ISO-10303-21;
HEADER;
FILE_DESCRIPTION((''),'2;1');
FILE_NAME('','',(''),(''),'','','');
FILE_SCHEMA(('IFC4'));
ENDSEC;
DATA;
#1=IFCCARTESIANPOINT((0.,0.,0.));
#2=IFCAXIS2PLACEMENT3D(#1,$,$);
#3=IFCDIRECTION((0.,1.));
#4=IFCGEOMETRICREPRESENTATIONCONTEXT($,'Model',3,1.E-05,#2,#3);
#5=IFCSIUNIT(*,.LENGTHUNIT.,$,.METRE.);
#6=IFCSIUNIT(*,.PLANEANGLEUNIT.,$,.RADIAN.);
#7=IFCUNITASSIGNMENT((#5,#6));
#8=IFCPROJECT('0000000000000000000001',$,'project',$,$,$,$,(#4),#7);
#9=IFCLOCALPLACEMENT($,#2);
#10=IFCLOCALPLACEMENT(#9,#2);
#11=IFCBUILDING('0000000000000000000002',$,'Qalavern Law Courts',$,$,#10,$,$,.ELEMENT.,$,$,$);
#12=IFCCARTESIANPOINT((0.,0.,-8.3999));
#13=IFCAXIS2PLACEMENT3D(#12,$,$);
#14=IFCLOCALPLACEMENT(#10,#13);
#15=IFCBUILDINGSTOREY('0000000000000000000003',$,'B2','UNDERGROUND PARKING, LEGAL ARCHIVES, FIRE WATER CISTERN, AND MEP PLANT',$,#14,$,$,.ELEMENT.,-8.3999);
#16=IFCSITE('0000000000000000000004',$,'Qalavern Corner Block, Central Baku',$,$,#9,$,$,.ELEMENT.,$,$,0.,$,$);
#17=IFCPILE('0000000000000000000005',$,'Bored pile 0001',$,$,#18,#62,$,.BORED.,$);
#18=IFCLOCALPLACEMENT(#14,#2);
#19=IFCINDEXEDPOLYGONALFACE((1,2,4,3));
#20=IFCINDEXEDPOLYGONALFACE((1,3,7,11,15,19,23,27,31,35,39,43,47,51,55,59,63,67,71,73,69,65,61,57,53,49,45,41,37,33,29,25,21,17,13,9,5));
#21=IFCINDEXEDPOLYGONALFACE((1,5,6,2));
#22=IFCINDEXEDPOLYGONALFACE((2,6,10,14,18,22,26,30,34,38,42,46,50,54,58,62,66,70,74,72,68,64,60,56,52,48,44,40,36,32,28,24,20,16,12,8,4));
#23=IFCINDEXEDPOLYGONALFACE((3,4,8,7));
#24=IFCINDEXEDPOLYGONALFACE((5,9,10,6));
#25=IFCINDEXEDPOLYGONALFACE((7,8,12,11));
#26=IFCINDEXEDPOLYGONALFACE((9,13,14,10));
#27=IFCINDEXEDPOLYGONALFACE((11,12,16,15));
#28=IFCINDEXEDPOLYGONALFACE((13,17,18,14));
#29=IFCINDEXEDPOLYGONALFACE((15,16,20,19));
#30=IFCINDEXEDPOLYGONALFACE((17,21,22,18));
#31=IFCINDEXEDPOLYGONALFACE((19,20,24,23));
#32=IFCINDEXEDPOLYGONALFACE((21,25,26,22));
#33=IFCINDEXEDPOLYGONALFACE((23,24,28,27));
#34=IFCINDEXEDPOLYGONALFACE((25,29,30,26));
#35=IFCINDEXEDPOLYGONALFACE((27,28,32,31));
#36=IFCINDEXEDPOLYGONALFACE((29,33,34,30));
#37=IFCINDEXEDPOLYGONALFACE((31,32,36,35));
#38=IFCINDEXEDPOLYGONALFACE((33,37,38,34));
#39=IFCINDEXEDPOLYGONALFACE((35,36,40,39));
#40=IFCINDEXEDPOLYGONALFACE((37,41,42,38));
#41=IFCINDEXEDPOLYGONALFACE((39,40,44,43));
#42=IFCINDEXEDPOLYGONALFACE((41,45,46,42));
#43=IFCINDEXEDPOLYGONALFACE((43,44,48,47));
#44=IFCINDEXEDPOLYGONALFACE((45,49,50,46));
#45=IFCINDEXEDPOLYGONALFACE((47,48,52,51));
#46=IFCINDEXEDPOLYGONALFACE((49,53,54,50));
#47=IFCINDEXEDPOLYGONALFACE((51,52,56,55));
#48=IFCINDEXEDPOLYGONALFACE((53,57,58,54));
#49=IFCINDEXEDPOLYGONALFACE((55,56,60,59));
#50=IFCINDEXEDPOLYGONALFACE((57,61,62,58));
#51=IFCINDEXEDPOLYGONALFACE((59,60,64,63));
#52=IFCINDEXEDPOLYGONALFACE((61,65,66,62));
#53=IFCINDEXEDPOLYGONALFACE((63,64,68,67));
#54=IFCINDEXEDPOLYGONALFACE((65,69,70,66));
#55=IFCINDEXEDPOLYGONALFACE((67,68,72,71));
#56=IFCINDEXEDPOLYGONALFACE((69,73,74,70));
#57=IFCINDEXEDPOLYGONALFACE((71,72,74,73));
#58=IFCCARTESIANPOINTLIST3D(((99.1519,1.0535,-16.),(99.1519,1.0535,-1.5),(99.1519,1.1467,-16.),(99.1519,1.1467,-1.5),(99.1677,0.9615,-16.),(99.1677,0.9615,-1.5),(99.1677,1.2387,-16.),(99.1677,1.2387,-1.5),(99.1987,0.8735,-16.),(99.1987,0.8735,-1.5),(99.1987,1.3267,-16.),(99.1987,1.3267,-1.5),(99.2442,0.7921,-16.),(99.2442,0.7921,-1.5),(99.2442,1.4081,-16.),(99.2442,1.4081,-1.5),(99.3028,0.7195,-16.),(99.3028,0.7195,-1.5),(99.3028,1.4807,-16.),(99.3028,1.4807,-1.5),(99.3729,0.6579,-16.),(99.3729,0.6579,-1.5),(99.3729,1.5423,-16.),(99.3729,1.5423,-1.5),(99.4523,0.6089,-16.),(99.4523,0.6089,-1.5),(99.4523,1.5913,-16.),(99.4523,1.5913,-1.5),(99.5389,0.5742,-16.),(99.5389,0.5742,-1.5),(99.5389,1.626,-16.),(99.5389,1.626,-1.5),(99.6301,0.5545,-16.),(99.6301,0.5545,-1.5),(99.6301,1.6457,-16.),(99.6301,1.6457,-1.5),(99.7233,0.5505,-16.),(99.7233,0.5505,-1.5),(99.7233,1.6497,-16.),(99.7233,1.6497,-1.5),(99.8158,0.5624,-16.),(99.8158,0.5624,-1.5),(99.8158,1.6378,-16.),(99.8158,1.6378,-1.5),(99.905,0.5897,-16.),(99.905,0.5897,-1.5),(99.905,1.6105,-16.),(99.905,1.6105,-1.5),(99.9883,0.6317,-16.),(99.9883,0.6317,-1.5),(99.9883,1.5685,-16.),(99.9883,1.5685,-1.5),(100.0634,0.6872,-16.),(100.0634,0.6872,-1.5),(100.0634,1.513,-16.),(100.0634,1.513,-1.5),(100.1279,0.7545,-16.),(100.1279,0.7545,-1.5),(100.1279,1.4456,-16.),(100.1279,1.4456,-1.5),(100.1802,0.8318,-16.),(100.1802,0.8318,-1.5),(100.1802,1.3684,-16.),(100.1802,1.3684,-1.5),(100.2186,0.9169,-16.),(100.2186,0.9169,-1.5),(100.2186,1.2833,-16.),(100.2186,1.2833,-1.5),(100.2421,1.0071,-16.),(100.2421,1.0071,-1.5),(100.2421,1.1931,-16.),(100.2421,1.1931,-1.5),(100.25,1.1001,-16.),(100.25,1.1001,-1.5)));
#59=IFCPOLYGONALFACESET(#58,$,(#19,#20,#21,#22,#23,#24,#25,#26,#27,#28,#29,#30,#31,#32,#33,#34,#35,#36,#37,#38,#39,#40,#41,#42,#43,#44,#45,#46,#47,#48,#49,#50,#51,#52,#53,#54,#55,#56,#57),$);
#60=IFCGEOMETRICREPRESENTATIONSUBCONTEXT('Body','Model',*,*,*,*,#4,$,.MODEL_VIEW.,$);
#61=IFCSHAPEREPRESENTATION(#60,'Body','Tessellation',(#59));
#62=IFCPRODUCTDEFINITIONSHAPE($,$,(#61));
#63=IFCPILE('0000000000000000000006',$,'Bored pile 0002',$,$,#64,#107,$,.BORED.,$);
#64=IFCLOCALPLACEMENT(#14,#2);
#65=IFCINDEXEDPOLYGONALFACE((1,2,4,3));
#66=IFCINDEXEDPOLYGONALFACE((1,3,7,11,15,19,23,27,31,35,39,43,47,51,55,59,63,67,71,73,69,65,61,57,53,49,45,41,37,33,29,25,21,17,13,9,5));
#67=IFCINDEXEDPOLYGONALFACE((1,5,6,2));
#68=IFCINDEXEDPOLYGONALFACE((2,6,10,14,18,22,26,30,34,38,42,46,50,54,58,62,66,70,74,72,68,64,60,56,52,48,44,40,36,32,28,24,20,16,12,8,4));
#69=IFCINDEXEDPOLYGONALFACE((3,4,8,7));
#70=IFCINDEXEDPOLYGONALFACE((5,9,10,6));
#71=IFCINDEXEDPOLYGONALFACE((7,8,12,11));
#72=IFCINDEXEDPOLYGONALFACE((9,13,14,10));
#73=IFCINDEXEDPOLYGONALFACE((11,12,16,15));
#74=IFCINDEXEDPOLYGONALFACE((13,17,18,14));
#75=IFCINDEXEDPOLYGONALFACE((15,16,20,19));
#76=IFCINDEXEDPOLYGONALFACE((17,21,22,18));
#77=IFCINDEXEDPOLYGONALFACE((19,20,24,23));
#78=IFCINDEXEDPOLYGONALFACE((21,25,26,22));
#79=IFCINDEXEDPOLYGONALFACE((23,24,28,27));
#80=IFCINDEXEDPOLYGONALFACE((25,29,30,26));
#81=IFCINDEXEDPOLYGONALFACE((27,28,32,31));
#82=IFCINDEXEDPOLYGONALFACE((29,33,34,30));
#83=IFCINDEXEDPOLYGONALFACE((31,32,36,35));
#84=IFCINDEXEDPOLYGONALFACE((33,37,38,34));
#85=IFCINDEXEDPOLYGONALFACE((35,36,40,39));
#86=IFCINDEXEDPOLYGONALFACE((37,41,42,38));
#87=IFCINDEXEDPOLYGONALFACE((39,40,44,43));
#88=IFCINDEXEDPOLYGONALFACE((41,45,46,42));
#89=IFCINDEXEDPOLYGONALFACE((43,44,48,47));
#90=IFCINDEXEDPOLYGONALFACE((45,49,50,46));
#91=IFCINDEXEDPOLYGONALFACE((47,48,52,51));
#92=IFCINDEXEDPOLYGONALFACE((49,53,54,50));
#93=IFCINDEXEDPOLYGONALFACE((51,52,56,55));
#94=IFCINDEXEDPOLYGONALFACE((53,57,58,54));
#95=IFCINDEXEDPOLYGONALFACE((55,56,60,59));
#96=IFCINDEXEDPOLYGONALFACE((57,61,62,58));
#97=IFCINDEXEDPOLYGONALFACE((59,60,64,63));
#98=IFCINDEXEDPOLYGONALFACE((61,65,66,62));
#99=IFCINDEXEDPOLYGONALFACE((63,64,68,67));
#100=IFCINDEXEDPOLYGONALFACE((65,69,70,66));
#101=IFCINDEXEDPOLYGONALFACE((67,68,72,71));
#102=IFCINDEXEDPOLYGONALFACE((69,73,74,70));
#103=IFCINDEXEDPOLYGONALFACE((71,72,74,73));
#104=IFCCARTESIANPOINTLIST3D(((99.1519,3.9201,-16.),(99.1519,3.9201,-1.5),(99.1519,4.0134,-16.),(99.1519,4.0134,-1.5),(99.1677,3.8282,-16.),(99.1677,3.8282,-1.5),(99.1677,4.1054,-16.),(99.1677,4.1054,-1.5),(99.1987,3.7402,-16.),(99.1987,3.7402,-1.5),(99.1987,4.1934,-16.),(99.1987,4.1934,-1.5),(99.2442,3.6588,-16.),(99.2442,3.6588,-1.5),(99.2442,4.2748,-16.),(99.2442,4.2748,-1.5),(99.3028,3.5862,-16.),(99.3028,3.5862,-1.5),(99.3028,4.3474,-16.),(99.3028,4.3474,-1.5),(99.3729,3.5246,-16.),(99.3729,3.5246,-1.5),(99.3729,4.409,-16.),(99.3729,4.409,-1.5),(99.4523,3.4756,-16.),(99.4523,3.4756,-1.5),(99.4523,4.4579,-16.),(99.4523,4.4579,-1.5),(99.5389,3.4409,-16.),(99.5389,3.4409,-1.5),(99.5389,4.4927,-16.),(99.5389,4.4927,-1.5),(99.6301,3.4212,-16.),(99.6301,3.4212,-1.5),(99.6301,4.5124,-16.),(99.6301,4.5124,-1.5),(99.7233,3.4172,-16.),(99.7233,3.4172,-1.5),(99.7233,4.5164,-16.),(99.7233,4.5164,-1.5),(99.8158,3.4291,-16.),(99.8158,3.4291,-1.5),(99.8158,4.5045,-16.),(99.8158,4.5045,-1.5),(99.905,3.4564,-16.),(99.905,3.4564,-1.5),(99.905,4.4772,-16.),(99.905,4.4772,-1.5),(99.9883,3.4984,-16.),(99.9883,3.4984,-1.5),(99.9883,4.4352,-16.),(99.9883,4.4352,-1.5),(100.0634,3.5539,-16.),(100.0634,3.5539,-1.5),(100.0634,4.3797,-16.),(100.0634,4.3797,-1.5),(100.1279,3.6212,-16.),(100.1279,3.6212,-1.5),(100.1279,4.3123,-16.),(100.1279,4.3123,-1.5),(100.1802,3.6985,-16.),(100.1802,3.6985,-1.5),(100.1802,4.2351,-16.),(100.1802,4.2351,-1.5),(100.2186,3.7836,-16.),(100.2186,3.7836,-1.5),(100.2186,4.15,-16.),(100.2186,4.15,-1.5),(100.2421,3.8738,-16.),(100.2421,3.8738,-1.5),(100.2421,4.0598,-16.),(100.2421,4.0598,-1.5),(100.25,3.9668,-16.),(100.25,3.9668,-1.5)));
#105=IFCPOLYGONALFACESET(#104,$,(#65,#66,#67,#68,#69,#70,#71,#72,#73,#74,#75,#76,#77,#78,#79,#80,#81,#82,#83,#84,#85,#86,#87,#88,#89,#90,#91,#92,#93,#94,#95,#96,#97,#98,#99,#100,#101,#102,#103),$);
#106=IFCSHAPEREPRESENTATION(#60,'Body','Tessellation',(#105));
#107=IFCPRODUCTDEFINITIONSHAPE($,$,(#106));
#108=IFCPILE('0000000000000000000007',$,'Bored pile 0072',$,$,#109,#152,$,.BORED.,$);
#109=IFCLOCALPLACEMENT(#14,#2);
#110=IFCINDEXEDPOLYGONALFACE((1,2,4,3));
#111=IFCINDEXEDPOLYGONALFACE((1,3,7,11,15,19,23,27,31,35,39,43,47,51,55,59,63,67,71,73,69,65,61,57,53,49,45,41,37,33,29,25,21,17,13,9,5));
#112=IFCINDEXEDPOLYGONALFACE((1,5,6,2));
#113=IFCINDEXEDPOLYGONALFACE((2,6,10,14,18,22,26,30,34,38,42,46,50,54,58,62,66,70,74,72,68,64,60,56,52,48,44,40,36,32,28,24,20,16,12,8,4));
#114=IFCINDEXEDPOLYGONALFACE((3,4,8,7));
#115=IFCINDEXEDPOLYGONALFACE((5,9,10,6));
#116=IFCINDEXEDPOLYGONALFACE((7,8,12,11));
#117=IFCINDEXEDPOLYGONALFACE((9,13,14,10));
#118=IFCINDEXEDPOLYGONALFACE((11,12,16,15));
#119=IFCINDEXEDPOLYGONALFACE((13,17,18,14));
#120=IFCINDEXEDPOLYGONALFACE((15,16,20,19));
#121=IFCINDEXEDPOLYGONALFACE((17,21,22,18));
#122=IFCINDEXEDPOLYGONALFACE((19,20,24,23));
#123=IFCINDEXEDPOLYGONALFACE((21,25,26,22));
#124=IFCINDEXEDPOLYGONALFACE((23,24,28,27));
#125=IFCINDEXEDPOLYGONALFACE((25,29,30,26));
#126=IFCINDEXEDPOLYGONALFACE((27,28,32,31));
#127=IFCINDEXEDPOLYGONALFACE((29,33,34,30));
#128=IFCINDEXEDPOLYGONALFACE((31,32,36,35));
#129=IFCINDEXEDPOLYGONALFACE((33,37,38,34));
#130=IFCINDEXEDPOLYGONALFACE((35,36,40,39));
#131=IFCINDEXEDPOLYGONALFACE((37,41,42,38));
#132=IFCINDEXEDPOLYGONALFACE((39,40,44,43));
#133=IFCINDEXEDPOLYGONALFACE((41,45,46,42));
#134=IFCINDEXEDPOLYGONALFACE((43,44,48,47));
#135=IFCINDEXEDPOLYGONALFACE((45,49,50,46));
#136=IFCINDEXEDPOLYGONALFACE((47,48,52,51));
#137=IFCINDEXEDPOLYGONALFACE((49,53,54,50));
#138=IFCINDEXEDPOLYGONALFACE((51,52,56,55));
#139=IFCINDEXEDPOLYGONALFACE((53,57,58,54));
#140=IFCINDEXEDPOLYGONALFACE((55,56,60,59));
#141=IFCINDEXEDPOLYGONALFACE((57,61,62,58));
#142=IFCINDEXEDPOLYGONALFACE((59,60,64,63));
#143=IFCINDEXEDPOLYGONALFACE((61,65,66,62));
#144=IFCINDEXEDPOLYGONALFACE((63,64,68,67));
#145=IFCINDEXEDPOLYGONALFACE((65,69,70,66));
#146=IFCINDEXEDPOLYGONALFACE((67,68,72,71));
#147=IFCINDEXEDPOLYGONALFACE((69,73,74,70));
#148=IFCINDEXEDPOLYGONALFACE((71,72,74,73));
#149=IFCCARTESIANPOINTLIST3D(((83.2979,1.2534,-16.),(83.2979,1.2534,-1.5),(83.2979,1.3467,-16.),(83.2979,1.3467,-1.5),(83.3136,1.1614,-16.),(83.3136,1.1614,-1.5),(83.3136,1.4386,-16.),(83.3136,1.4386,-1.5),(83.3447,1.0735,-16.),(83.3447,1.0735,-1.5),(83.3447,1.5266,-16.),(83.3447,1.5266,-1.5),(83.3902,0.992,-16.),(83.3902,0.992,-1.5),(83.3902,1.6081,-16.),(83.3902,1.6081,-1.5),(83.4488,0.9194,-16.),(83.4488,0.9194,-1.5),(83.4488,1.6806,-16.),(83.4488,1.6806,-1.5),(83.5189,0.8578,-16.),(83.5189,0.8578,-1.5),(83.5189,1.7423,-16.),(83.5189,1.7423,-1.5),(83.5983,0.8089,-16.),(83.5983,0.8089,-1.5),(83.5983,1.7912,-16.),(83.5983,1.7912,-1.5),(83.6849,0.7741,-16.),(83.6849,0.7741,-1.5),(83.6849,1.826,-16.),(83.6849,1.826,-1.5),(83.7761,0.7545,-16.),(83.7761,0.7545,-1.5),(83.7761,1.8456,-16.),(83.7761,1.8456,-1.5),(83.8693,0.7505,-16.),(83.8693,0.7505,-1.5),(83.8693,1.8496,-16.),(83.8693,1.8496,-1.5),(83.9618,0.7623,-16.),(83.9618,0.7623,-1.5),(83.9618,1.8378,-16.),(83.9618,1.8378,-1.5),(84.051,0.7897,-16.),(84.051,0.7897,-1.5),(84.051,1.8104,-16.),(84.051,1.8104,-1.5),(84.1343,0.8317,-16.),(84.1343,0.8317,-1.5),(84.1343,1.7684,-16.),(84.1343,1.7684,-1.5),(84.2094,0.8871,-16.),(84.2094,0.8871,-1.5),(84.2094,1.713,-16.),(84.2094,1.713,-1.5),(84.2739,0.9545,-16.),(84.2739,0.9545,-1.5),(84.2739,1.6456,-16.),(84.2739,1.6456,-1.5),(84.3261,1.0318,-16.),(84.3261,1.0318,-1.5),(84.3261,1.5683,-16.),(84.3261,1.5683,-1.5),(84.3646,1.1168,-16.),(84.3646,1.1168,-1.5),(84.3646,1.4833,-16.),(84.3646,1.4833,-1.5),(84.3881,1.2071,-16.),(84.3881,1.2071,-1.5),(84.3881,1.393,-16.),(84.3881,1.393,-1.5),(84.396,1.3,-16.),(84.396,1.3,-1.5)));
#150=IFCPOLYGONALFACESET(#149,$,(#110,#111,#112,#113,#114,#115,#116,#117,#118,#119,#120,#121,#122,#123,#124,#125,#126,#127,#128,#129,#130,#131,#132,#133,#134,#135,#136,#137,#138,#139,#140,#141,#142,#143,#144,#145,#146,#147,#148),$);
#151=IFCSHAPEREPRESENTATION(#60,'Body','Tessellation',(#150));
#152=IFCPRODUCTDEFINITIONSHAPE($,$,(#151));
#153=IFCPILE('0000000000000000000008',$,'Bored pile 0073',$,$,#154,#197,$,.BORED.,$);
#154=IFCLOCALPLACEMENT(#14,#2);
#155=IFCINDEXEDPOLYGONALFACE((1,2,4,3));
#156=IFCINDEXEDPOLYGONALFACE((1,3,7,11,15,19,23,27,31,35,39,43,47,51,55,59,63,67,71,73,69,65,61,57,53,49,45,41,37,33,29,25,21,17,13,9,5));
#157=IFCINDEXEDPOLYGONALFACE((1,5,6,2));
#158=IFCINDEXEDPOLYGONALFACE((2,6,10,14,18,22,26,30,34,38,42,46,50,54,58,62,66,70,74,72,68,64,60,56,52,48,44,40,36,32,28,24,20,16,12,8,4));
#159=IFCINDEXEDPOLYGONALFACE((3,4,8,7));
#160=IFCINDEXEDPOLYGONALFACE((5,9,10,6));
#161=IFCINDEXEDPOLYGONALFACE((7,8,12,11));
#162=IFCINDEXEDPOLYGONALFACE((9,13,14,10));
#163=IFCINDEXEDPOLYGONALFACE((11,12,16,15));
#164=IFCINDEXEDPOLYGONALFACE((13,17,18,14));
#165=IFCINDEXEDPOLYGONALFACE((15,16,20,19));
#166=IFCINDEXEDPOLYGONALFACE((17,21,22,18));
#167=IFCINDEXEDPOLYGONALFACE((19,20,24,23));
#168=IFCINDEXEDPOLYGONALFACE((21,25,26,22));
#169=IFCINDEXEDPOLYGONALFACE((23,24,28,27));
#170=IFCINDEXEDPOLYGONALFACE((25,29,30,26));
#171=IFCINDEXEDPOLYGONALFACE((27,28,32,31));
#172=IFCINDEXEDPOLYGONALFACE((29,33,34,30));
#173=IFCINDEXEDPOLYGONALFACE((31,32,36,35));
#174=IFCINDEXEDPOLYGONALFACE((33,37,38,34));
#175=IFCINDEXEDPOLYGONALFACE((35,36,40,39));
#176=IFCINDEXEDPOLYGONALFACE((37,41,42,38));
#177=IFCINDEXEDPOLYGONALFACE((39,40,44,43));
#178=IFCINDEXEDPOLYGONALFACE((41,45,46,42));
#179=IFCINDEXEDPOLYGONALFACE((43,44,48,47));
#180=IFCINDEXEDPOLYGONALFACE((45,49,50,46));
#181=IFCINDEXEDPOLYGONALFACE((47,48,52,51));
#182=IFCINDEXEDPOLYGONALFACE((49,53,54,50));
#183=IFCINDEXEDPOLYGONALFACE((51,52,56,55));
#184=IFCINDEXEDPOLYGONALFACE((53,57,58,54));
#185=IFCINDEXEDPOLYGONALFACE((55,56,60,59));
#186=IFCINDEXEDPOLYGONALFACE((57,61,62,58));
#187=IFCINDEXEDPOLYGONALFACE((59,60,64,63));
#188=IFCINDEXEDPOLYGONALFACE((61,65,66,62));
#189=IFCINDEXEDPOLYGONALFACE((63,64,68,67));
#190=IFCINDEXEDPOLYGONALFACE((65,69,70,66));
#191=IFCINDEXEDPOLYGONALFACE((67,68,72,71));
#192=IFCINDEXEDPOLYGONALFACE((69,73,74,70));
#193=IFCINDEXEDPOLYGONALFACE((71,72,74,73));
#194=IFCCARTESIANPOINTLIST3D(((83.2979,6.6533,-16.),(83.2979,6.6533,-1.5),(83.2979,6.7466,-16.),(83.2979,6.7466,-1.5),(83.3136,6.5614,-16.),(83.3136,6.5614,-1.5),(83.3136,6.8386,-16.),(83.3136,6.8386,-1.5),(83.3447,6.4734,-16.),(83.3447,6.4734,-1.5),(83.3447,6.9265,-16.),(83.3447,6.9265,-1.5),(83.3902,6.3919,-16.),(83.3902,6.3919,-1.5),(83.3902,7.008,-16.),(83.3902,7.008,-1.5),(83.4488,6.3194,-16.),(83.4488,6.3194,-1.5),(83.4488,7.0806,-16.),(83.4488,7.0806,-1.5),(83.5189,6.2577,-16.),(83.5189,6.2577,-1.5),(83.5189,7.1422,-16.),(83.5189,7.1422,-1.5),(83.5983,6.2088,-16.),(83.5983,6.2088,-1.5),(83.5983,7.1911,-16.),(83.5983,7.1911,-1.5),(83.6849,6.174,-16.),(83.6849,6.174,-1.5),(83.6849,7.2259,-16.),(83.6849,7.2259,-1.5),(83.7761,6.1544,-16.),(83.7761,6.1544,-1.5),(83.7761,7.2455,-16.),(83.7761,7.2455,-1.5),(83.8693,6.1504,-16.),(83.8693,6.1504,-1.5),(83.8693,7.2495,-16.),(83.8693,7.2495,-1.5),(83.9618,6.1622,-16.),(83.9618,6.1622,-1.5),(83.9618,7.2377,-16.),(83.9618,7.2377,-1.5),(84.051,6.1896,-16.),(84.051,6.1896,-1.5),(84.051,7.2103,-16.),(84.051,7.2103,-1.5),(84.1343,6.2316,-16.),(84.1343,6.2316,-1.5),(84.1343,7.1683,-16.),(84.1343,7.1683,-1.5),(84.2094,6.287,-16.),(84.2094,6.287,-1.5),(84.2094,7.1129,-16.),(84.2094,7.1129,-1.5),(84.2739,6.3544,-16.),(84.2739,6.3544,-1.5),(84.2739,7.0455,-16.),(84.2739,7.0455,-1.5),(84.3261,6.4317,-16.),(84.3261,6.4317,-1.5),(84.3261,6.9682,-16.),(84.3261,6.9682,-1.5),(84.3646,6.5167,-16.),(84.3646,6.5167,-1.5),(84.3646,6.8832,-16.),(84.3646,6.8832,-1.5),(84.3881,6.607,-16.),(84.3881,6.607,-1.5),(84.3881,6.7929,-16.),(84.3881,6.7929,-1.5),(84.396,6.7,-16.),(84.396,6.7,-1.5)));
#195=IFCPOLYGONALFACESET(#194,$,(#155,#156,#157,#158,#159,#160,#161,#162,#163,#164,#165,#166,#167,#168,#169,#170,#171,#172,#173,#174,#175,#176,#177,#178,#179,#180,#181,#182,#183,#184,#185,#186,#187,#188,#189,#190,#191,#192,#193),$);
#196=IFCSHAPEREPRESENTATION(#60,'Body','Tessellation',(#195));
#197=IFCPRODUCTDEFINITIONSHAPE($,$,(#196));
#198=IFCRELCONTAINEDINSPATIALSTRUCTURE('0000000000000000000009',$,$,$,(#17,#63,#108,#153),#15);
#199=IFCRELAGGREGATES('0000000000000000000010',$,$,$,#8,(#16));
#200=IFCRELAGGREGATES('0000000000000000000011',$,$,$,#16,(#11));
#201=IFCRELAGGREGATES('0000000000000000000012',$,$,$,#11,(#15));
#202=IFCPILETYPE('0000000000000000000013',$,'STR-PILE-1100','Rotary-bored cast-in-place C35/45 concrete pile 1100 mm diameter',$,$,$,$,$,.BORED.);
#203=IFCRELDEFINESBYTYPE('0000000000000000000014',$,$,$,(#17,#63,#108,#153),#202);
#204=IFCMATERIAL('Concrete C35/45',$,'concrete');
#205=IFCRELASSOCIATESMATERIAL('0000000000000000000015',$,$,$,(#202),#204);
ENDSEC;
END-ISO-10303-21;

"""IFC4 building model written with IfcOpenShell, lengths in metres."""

from ifc_helpers import new_model, si_unit, direction, frame, origin, origin_2d, place, context, subcontext, project, spatial, circle, extrude, material, material_profile, profile_set, type_object, element, save


model = new_model("IFC4")

# Units and contexts
model_context = context("Model", 3, precision=1e-05, world=origin(), true_north=direction((0.0, 1.0)))
body_context = subcontext(model_context, "Body", "Model", "MODEL_VIEW")
ifc_project = project(units=[si_unit("LENGTHUNIT", "METRE"), si_unit("PLANEANGLEUNIT", "RADIAN")], contexts=[model_context])

# Site, building, storey
site_placement = place(None, origin())
site = spatial("IfcSite", under=ifc_project, at=site_placement, Name="Qalavern Corner Block, Central Baku", CompositionType="ELEMENT", RefElevation=0.0)
building_placement = place(site_placement, origin())
building = spatial("IfcBuilding", under=site, at=building_placement, Name="Qalavern Law Courts", CompositionType="ELEMENT")
storey_placement = place(building_placement, frame((0.0, 0.0, -8.3999)))
storey = spatial("IfcBuildingStorey", under=building, at=storey_placement, Name="B2", Description="UNDERGROUND PARKING, LEGAL ARCHIVES, FIRE WATER CISTERN, AND MEP PLANT", CompositionType="ELEMENT", Elevation=-8.3999)

# Shared definitions
ifc_material_1 = material(Name="Concrete C35/45", Category="concrete")

# Piles
ifc_material_profile_1 = material_profile(ifc_material_1, circle(Radius=0.55, at=origin_2d()), Name="BORED PILE 1100")
ifc_profile_set_1 = profile_set([ifc_material_profile_1], Name="Concrete C35/45")
pile_type_1 = type_object("IfcPileType", Name="STR-PILE-1100", Description="Rotary-bored cast-in-place C35/45 concrete pile 1100 mm diameter", PredefinedType="BORED", material=ifc_profile_set_1)
for number, where, z_axis, x_axis, name in (
    (1, (99.7, 1.1001, -1.5), (0.0, 0.0, -1.0), (1.0, 0.0, 0.0), "Bored pile 0001"),
    (2, (99.7, 3.9668, -1.5), (0.0, 0.0, -1.0), (1.0, 0.0, 0.0), "Bored pile 0002"),
    (3, (83.8459, 1.3, -1.5), (0.0, 0.0, -1.0), (1.0, 0.0, 0.0), "Bored pile 0072"),
    (4, (83.8459, 6.7, -1.5), (0.0, 0.0, -1.0), (1.0, 0.0, 0.0), "Bored pile 0073"),
):
    element("IfcPile", number, at=place(storey_placement, frame(where, z_axis=z_axis, x_axis=x_axis)), inside=storey, type_object=pile_type_1, Name=name, PredefinedType="BORED", context=body_context, shape_type="SweptSolid", body=[
        extrude(circle(Radius=0.55, at=origin_2d()), origin(), (0.0, 0.0, 1.0), 14.5),
    ])

save(model, "model.ifc")
